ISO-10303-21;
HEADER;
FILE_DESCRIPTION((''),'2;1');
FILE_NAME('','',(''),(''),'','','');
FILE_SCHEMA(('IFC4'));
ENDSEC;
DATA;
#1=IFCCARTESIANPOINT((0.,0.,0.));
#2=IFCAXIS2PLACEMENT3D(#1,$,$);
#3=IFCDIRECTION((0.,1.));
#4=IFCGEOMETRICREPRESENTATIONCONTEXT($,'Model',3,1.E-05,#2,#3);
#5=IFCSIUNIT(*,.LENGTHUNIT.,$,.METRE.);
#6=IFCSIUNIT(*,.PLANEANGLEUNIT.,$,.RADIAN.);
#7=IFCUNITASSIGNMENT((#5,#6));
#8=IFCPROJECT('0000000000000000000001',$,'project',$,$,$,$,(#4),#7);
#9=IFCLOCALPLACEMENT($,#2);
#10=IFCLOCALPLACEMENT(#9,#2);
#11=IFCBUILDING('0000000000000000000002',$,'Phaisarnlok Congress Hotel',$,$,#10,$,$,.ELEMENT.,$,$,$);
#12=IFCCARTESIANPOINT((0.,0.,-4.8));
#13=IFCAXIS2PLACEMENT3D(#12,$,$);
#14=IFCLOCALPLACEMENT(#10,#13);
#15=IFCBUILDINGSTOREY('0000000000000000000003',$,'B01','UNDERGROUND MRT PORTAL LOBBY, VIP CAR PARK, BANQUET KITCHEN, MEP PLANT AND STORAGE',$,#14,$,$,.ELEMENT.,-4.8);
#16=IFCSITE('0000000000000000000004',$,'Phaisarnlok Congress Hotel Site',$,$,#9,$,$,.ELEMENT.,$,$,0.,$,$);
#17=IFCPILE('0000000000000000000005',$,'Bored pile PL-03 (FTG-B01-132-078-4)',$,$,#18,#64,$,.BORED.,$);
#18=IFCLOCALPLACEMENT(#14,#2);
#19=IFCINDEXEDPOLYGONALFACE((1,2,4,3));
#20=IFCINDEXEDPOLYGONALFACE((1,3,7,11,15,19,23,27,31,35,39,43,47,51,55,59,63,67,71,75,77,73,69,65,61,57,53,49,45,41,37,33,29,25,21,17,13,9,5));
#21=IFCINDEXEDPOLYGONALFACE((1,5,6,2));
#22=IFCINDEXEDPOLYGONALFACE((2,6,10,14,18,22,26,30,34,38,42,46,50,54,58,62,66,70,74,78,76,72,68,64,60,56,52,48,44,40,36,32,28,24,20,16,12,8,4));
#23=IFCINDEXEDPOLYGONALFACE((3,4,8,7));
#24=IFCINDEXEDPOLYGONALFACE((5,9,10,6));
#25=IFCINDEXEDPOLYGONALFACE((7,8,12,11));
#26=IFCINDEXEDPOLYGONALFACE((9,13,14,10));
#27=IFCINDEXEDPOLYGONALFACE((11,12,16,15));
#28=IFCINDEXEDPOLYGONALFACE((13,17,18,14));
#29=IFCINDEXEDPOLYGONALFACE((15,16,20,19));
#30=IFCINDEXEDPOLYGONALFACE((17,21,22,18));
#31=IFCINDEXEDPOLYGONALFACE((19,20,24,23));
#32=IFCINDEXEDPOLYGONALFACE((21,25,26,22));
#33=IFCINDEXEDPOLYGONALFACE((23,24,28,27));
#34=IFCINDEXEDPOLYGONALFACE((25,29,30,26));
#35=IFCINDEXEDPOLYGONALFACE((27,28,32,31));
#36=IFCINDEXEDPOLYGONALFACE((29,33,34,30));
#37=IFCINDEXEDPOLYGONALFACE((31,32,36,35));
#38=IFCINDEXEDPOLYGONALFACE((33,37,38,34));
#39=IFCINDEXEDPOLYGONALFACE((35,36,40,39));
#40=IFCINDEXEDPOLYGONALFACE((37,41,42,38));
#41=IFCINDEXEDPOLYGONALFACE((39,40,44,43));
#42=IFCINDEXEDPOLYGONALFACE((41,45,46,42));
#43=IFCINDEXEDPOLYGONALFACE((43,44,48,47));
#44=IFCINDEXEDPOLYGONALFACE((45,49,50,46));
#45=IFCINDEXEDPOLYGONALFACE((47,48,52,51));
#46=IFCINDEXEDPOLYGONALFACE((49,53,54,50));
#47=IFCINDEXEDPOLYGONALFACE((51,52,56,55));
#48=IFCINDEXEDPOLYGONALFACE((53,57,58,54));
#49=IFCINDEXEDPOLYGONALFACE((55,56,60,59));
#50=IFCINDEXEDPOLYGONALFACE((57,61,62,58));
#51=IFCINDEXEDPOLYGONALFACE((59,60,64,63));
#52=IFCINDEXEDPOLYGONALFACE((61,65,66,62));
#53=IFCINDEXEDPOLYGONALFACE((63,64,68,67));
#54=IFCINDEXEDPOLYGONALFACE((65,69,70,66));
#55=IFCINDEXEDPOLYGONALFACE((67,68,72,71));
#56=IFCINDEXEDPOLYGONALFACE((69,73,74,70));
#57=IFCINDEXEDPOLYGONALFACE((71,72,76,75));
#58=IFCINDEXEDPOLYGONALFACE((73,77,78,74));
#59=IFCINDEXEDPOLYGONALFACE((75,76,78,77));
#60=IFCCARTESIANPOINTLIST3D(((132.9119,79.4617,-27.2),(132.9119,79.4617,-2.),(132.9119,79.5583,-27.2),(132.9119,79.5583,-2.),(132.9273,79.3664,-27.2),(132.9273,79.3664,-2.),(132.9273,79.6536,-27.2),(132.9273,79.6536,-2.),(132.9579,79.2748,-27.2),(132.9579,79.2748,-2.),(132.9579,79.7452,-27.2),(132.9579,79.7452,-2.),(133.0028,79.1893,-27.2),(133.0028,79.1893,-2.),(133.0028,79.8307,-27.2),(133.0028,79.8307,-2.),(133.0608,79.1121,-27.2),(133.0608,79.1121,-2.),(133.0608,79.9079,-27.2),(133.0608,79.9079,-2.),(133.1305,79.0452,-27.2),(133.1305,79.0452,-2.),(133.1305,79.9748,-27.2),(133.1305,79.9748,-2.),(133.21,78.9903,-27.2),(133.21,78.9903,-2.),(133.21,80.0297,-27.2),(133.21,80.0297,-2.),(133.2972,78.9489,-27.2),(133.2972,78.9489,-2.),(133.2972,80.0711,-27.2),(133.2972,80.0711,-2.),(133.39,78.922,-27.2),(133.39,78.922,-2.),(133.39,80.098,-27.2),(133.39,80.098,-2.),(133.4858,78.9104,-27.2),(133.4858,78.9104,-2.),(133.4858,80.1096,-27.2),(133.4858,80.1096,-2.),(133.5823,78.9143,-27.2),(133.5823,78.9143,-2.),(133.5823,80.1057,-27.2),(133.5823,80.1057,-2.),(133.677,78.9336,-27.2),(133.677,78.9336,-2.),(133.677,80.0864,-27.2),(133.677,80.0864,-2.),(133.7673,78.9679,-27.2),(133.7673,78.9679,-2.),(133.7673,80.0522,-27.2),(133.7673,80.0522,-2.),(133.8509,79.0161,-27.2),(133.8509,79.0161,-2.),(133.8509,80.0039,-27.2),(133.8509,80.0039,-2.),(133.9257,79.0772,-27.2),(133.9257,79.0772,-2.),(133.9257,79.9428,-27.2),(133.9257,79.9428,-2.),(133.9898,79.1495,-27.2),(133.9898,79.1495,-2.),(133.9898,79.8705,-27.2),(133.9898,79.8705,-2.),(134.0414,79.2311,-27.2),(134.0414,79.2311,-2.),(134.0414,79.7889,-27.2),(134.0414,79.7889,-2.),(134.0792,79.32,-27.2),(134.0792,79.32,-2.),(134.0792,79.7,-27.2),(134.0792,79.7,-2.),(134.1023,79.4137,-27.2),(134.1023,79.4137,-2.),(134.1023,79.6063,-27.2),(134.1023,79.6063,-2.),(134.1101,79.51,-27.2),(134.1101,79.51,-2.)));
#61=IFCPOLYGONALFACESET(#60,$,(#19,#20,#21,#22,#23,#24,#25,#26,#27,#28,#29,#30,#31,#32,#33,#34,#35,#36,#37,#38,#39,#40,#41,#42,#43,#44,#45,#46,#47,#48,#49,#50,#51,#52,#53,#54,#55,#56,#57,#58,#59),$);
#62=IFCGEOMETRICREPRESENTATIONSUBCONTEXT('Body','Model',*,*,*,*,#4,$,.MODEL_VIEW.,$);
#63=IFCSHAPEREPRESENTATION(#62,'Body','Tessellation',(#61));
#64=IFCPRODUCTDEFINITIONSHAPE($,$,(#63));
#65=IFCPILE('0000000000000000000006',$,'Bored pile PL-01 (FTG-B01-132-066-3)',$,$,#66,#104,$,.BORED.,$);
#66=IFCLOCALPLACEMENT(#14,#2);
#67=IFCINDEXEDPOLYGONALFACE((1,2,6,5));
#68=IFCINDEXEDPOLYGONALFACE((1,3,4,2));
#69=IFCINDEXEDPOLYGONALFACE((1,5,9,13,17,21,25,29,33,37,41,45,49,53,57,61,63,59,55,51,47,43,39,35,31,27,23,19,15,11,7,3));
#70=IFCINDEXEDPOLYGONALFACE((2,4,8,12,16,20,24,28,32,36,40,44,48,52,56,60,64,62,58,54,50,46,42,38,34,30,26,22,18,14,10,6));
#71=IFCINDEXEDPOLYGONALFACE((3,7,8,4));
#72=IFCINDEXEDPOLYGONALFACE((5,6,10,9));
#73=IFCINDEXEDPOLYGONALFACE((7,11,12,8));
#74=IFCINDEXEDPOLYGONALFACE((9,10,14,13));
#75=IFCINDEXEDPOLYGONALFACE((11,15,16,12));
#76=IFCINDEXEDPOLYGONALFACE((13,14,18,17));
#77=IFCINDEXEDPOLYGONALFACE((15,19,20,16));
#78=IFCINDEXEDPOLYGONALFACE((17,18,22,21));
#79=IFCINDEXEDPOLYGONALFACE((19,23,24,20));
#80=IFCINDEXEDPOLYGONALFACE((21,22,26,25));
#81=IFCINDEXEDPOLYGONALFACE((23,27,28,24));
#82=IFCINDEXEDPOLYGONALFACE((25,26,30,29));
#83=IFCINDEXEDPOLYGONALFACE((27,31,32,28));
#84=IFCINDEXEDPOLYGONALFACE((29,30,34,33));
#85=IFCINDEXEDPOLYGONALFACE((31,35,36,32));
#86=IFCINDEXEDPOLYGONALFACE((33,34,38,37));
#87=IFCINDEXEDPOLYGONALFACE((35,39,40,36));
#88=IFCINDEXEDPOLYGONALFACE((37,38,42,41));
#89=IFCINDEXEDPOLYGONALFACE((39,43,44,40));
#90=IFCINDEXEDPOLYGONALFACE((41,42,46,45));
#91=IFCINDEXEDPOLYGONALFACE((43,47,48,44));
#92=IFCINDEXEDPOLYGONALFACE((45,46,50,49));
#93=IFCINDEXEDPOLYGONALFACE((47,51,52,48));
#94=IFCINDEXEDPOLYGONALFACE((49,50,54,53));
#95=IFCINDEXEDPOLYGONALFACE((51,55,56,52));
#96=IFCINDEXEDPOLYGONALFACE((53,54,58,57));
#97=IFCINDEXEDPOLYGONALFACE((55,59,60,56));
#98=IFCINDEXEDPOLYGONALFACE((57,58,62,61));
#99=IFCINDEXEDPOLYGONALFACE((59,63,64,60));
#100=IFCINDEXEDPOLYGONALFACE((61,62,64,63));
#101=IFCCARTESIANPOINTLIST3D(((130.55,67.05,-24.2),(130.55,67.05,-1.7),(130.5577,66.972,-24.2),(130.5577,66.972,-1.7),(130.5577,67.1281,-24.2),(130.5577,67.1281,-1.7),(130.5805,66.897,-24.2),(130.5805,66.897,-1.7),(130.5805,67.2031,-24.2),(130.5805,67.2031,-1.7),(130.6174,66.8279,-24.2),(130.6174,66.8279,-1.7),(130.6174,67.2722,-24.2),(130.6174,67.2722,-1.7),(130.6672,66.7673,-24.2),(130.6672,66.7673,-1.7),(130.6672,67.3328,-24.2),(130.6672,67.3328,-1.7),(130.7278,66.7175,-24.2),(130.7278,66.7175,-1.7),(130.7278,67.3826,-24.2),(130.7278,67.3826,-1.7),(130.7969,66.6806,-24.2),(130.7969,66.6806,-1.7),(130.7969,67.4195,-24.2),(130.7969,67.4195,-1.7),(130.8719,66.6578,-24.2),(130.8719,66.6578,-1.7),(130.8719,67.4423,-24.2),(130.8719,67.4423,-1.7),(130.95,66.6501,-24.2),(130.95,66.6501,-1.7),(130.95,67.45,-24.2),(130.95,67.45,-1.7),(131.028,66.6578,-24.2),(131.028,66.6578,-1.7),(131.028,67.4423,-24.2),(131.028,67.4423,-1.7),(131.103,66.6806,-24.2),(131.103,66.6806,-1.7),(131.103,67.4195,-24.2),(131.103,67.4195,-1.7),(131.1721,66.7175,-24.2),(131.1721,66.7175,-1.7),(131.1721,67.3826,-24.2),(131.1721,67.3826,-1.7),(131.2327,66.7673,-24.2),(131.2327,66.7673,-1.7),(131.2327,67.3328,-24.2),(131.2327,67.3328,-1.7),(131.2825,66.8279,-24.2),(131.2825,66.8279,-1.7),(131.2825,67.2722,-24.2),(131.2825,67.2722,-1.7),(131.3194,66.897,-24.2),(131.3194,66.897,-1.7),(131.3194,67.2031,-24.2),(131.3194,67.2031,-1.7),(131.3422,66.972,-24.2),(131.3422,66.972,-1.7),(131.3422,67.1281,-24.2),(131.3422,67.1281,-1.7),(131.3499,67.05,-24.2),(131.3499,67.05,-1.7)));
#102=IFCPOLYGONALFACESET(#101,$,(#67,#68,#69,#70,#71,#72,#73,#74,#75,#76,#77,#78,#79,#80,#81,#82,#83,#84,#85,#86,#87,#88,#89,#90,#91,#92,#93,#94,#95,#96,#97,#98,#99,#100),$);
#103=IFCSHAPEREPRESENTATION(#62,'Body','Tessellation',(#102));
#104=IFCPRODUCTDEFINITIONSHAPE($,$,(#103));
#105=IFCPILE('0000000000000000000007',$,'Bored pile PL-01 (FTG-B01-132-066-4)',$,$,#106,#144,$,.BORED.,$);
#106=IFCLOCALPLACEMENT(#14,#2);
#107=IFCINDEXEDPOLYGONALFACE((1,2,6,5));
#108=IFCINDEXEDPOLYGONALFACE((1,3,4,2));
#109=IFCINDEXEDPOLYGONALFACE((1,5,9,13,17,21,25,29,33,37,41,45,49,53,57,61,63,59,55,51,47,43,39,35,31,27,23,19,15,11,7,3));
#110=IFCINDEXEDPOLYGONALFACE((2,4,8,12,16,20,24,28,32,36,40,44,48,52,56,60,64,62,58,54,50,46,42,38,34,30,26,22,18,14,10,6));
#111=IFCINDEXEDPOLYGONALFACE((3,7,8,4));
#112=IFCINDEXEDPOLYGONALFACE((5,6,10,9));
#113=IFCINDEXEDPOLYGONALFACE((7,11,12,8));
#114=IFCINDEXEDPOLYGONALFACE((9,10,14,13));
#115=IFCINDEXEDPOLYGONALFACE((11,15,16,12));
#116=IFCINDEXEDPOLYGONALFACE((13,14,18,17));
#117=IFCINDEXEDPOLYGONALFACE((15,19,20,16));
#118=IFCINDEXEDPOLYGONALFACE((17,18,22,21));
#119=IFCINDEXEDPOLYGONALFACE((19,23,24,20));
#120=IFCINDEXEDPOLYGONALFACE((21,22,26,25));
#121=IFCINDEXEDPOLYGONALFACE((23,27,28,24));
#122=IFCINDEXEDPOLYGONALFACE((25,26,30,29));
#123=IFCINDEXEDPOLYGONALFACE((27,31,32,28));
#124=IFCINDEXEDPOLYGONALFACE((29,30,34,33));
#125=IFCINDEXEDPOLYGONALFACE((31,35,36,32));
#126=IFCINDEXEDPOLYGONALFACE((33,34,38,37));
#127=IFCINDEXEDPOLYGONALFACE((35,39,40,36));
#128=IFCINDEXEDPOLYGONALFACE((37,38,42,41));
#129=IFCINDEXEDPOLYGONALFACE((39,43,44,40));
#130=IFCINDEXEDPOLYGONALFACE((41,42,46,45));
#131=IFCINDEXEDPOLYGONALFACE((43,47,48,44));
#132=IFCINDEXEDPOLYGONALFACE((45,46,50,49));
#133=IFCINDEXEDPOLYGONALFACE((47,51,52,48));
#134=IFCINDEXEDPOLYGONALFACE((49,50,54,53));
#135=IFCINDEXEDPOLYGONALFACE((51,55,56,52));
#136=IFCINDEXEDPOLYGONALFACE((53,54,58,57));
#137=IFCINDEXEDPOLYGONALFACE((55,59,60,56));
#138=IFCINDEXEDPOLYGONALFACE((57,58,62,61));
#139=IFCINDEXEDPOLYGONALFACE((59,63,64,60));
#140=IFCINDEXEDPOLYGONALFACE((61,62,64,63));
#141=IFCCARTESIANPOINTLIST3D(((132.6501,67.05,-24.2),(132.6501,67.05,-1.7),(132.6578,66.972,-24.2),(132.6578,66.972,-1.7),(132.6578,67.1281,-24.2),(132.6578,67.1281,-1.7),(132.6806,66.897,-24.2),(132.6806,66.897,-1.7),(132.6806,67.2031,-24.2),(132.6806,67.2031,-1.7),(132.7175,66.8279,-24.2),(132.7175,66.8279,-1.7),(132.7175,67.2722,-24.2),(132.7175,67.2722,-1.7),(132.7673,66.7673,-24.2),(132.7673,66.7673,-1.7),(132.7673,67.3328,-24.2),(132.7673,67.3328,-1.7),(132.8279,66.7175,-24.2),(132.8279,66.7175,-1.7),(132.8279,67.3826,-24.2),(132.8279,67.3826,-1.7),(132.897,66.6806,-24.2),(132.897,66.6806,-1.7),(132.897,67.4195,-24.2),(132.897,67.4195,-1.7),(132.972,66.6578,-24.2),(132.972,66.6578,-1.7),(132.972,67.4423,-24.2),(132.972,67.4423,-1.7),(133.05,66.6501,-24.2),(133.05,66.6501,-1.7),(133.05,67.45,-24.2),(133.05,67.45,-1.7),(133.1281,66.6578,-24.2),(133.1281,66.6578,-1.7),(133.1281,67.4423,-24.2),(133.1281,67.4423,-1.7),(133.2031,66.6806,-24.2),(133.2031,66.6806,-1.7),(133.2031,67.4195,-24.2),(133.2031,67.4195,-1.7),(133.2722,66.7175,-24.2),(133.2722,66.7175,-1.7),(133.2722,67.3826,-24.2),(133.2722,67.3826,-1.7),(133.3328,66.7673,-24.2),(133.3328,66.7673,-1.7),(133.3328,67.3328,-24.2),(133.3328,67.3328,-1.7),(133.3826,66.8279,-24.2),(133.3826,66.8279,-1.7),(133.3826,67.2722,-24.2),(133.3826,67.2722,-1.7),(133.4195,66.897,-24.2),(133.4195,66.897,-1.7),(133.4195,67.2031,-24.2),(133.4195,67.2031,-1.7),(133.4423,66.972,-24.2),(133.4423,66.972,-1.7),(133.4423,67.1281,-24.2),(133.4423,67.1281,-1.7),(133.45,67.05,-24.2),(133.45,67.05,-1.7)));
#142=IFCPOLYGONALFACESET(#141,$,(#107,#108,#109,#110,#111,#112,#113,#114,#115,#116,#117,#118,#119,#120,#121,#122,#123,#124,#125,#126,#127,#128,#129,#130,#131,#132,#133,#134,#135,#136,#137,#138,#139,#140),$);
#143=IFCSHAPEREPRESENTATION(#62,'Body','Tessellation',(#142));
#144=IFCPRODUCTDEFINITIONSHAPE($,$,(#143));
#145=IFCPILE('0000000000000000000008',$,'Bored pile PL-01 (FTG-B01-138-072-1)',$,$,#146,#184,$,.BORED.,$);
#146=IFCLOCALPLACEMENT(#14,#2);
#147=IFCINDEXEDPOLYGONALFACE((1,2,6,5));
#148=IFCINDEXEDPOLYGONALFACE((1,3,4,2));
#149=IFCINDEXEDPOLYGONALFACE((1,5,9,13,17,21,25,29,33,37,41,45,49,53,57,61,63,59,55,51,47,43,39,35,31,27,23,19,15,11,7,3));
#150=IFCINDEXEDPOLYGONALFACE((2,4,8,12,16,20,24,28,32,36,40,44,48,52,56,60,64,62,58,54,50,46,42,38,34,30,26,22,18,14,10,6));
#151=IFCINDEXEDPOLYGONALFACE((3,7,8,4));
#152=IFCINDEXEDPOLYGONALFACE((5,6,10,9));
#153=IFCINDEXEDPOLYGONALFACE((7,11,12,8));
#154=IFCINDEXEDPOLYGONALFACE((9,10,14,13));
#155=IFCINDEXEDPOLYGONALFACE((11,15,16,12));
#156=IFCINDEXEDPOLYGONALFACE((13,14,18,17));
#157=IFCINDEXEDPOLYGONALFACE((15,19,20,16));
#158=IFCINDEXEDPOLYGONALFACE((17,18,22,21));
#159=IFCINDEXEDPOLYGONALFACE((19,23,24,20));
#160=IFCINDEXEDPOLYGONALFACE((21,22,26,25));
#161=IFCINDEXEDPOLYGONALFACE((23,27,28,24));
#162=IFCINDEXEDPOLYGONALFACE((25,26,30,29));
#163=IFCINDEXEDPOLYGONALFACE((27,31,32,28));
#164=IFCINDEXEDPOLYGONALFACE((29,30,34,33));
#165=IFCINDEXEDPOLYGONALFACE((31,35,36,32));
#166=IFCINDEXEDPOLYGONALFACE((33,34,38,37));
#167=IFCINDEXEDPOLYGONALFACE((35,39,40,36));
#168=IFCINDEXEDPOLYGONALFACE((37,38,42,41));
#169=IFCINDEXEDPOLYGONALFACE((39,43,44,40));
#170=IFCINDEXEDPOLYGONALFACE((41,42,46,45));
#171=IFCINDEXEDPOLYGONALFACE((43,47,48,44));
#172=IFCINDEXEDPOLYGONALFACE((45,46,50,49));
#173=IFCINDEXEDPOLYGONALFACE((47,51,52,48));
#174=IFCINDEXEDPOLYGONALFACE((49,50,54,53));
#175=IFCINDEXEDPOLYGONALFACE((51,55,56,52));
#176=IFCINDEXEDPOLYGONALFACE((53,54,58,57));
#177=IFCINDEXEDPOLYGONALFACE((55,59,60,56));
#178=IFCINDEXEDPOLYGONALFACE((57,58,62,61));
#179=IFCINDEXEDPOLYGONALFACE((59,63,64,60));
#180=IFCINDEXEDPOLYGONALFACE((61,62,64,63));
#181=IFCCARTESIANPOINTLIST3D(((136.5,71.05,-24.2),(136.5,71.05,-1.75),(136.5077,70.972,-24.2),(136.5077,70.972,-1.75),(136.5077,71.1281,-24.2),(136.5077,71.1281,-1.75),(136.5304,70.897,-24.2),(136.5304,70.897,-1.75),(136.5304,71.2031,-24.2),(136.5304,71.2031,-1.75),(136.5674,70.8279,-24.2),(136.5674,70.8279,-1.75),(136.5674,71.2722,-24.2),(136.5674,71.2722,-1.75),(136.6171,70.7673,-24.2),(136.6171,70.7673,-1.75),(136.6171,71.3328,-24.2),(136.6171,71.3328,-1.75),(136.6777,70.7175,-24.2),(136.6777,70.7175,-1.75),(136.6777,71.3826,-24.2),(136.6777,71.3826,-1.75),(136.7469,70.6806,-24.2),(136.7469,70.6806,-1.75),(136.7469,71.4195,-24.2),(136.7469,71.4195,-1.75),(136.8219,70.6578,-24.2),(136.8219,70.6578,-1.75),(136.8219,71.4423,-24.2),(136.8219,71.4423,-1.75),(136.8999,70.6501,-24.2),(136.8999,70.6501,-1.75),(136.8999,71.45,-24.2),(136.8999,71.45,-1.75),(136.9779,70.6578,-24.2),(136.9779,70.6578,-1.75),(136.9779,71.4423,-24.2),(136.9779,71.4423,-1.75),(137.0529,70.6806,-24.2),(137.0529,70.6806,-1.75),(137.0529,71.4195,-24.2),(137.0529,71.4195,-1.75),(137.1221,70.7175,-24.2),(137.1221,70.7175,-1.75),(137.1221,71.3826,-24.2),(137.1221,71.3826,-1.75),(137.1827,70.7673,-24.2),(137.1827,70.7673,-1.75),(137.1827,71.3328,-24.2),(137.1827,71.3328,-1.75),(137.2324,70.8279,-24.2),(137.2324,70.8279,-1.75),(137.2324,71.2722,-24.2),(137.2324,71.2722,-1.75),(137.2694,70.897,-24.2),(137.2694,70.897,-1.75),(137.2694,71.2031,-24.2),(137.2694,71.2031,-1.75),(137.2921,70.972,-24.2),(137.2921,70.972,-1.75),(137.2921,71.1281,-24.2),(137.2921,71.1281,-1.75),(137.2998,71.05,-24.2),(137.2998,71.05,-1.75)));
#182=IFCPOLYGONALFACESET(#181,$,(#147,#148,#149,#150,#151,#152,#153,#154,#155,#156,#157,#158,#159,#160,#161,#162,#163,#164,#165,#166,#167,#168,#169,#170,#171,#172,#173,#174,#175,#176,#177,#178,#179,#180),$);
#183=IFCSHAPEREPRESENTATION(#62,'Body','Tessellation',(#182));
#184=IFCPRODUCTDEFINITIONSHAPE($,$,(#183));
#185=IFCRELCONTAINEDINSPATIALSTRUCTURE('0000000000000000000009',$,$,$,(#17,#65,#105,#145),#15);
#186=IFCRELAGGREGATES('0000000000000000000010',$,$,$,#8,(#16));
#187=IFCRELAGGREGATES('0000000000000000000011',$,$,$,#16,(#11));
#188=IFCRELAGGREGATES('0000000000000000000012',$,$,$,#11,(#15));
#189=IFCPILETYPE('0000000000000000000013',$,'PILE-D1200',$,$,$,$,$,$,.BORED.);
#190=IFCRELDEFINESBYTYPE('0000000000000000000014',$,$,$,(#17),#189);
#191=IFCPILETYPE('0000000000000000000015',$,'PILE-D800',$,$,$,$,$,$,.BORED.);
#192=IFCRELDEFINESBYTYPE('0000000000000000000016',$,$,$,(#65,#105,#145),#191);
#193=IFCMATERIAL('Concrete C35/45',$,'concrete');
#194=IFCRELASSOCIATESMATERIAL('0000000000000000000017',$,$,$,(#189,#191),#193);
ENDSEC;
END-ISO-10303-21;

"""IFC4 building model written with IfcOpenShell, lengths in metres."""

from ifc_helpers import new_model, si_unit, direction, frame, origin, origin_2d, place, context, subcontext, project, spatial, circle, extrude, material, material_profile, profile_set, type_object, element, save


model = new_model("IFC4")

# Units and contexts
model_context = context("Model", 3, precision=1e-05, world=origin(), true_north=direction((0.0, 1.0)))
body_context = subcontext(model_context, "Body", "Model", "MODEL_VIEW")
ifc_project = project(units=[si_unit("LENGTHUNIT", "METRE"), si_unit("PLANEANGLEUNIT", "RADIAN")], contexts=[model_context])

# Site, building, storey
site_placement = place(None, origin())
site = spatial("IfcSite", under=ifc_project, at=site_placement, Name="Phaisarnlok Congress Hotel Site", CompositionType="ELEMENT", RefElevation=0.0)
building_placement = place(site_placement, origin())
building = spatial("IfcBuilding", under=site, at=building_placement, Name="Phaisarnlok Congress Hotel", CompositionType="ELEMENT")
storey_placement = place(building_placement, frame((0.0, 0.0, -4.8)))
storey = spatial("IfcBuildingStorey", under=building, at=storey_placement, Name="B01", Description="UNDERGROUND MRT PORTAL LOBBY, VIP CAR PARK, BANQUET KITCHEN, MEP PLANT AND STORAGE", CompositionType="ELEMENT", Elevation=-4.8)

# Piles
ifc_material_1 = material(Name="Concrete C35/45", Category="concrete")
ifc_material_profile_1 = material_profile(ifc_material_1, circle(Radius=0.6001, at=origin_2d()), Name="BORED PILE D1200")
ifc_profile_set_1 = profile_set([ifc_material_profile_1], Name="Concrete C35/45")
pile_type_1 = type_object("IfcPileType", Name="PILE-D1200", PredefinedType="BORED", material=ifc_profile_set_1)
for number, where, z_axis, x_axis, name in (
    (1, (133.51, 79.51, -2.0), (0.0, 0.0, -1.0), (1.0, 0.0, 0.0), "Bored pile PL-03 (FTG-B01-132-078-4)"),
):
    element("IfcPile", number, at=place(storey_placement, frame(where, z_axis=z_axis, x_axis=x_axis)), inside=storey, type_object=pile_type_1, Name=name, PredefinedType="BORED", context=body_context, shape_type="SweptSolid", body=[
        extrude(circle(Radius=0.6001, at=origin_2d()), origin(), (0.0, 0.0, 1.0), 25.2),
    ])
ifc_material_profile_2 = material_profile(ifc_material_1, circle(Radius=0.3999, at=origin_2d()), Name="BORED PILE D800")
ifc_profile_set_2 = profile_set([ifc_material_profile_2], Name="Concrete C35/45")
pile_type_2 = type_object("IfcPileType", Name="PILE-D800", PredefinedType="BORED", material=ifc_profile_set_2)
for number, where, z_axis, x_axis, name in (
    (2, (130.95, 67.05, -1.7), (0.0, 0.0, -1.0), (1.0, 0.0, 0.0), "Bored pile PL-01 (FTG-B01-132-066-3)"),
    (3, (133.05, 67.05, -1.7), (0.0, 0.0, -1.0), (1.0, 0.0, 0.0), "Bored pile PL-01 (FTG-B01-132-066-4)"),
):
    element("IfcPile", number, at=place(storey_placement, frame(where, z_axis=z_axis, x_axis=x_axis)), inside=storey, type_object=pile_type_2, Name=name, PredefinedType="BORED", context=body_context, shape_type="SweptSolid", body=[
        extrude(circle(Radius=0.3999, at=origin_2d()), origin(), (0.0, 0.0, 1.0), 22.5),
    ])
for number, where, z_axis, x_axis, name in (
    (4, (136.8999, 71.05, -1.75), (0.0, 0.0, -1.0), (1.0, 0.0, 0.0), "Bored pile PL-01 (FTG-B01-138-072-1)"),
):
    element("IfcPile", number, at=place(storey_placement, frame(where, z_axis=z_axis, x_axis=x_axis)), inside=storey, type_object=pile_type_2, Name=name, PredefinedType="BORED", context=body_context, shape_type="SweptSolid", body=[
        extrude(circle(Radius=0.3999, at=origin_2d()), origin(), (0.0, 0.0, 1.0), 22.45),
    ])

save(model, "model.ifc")
